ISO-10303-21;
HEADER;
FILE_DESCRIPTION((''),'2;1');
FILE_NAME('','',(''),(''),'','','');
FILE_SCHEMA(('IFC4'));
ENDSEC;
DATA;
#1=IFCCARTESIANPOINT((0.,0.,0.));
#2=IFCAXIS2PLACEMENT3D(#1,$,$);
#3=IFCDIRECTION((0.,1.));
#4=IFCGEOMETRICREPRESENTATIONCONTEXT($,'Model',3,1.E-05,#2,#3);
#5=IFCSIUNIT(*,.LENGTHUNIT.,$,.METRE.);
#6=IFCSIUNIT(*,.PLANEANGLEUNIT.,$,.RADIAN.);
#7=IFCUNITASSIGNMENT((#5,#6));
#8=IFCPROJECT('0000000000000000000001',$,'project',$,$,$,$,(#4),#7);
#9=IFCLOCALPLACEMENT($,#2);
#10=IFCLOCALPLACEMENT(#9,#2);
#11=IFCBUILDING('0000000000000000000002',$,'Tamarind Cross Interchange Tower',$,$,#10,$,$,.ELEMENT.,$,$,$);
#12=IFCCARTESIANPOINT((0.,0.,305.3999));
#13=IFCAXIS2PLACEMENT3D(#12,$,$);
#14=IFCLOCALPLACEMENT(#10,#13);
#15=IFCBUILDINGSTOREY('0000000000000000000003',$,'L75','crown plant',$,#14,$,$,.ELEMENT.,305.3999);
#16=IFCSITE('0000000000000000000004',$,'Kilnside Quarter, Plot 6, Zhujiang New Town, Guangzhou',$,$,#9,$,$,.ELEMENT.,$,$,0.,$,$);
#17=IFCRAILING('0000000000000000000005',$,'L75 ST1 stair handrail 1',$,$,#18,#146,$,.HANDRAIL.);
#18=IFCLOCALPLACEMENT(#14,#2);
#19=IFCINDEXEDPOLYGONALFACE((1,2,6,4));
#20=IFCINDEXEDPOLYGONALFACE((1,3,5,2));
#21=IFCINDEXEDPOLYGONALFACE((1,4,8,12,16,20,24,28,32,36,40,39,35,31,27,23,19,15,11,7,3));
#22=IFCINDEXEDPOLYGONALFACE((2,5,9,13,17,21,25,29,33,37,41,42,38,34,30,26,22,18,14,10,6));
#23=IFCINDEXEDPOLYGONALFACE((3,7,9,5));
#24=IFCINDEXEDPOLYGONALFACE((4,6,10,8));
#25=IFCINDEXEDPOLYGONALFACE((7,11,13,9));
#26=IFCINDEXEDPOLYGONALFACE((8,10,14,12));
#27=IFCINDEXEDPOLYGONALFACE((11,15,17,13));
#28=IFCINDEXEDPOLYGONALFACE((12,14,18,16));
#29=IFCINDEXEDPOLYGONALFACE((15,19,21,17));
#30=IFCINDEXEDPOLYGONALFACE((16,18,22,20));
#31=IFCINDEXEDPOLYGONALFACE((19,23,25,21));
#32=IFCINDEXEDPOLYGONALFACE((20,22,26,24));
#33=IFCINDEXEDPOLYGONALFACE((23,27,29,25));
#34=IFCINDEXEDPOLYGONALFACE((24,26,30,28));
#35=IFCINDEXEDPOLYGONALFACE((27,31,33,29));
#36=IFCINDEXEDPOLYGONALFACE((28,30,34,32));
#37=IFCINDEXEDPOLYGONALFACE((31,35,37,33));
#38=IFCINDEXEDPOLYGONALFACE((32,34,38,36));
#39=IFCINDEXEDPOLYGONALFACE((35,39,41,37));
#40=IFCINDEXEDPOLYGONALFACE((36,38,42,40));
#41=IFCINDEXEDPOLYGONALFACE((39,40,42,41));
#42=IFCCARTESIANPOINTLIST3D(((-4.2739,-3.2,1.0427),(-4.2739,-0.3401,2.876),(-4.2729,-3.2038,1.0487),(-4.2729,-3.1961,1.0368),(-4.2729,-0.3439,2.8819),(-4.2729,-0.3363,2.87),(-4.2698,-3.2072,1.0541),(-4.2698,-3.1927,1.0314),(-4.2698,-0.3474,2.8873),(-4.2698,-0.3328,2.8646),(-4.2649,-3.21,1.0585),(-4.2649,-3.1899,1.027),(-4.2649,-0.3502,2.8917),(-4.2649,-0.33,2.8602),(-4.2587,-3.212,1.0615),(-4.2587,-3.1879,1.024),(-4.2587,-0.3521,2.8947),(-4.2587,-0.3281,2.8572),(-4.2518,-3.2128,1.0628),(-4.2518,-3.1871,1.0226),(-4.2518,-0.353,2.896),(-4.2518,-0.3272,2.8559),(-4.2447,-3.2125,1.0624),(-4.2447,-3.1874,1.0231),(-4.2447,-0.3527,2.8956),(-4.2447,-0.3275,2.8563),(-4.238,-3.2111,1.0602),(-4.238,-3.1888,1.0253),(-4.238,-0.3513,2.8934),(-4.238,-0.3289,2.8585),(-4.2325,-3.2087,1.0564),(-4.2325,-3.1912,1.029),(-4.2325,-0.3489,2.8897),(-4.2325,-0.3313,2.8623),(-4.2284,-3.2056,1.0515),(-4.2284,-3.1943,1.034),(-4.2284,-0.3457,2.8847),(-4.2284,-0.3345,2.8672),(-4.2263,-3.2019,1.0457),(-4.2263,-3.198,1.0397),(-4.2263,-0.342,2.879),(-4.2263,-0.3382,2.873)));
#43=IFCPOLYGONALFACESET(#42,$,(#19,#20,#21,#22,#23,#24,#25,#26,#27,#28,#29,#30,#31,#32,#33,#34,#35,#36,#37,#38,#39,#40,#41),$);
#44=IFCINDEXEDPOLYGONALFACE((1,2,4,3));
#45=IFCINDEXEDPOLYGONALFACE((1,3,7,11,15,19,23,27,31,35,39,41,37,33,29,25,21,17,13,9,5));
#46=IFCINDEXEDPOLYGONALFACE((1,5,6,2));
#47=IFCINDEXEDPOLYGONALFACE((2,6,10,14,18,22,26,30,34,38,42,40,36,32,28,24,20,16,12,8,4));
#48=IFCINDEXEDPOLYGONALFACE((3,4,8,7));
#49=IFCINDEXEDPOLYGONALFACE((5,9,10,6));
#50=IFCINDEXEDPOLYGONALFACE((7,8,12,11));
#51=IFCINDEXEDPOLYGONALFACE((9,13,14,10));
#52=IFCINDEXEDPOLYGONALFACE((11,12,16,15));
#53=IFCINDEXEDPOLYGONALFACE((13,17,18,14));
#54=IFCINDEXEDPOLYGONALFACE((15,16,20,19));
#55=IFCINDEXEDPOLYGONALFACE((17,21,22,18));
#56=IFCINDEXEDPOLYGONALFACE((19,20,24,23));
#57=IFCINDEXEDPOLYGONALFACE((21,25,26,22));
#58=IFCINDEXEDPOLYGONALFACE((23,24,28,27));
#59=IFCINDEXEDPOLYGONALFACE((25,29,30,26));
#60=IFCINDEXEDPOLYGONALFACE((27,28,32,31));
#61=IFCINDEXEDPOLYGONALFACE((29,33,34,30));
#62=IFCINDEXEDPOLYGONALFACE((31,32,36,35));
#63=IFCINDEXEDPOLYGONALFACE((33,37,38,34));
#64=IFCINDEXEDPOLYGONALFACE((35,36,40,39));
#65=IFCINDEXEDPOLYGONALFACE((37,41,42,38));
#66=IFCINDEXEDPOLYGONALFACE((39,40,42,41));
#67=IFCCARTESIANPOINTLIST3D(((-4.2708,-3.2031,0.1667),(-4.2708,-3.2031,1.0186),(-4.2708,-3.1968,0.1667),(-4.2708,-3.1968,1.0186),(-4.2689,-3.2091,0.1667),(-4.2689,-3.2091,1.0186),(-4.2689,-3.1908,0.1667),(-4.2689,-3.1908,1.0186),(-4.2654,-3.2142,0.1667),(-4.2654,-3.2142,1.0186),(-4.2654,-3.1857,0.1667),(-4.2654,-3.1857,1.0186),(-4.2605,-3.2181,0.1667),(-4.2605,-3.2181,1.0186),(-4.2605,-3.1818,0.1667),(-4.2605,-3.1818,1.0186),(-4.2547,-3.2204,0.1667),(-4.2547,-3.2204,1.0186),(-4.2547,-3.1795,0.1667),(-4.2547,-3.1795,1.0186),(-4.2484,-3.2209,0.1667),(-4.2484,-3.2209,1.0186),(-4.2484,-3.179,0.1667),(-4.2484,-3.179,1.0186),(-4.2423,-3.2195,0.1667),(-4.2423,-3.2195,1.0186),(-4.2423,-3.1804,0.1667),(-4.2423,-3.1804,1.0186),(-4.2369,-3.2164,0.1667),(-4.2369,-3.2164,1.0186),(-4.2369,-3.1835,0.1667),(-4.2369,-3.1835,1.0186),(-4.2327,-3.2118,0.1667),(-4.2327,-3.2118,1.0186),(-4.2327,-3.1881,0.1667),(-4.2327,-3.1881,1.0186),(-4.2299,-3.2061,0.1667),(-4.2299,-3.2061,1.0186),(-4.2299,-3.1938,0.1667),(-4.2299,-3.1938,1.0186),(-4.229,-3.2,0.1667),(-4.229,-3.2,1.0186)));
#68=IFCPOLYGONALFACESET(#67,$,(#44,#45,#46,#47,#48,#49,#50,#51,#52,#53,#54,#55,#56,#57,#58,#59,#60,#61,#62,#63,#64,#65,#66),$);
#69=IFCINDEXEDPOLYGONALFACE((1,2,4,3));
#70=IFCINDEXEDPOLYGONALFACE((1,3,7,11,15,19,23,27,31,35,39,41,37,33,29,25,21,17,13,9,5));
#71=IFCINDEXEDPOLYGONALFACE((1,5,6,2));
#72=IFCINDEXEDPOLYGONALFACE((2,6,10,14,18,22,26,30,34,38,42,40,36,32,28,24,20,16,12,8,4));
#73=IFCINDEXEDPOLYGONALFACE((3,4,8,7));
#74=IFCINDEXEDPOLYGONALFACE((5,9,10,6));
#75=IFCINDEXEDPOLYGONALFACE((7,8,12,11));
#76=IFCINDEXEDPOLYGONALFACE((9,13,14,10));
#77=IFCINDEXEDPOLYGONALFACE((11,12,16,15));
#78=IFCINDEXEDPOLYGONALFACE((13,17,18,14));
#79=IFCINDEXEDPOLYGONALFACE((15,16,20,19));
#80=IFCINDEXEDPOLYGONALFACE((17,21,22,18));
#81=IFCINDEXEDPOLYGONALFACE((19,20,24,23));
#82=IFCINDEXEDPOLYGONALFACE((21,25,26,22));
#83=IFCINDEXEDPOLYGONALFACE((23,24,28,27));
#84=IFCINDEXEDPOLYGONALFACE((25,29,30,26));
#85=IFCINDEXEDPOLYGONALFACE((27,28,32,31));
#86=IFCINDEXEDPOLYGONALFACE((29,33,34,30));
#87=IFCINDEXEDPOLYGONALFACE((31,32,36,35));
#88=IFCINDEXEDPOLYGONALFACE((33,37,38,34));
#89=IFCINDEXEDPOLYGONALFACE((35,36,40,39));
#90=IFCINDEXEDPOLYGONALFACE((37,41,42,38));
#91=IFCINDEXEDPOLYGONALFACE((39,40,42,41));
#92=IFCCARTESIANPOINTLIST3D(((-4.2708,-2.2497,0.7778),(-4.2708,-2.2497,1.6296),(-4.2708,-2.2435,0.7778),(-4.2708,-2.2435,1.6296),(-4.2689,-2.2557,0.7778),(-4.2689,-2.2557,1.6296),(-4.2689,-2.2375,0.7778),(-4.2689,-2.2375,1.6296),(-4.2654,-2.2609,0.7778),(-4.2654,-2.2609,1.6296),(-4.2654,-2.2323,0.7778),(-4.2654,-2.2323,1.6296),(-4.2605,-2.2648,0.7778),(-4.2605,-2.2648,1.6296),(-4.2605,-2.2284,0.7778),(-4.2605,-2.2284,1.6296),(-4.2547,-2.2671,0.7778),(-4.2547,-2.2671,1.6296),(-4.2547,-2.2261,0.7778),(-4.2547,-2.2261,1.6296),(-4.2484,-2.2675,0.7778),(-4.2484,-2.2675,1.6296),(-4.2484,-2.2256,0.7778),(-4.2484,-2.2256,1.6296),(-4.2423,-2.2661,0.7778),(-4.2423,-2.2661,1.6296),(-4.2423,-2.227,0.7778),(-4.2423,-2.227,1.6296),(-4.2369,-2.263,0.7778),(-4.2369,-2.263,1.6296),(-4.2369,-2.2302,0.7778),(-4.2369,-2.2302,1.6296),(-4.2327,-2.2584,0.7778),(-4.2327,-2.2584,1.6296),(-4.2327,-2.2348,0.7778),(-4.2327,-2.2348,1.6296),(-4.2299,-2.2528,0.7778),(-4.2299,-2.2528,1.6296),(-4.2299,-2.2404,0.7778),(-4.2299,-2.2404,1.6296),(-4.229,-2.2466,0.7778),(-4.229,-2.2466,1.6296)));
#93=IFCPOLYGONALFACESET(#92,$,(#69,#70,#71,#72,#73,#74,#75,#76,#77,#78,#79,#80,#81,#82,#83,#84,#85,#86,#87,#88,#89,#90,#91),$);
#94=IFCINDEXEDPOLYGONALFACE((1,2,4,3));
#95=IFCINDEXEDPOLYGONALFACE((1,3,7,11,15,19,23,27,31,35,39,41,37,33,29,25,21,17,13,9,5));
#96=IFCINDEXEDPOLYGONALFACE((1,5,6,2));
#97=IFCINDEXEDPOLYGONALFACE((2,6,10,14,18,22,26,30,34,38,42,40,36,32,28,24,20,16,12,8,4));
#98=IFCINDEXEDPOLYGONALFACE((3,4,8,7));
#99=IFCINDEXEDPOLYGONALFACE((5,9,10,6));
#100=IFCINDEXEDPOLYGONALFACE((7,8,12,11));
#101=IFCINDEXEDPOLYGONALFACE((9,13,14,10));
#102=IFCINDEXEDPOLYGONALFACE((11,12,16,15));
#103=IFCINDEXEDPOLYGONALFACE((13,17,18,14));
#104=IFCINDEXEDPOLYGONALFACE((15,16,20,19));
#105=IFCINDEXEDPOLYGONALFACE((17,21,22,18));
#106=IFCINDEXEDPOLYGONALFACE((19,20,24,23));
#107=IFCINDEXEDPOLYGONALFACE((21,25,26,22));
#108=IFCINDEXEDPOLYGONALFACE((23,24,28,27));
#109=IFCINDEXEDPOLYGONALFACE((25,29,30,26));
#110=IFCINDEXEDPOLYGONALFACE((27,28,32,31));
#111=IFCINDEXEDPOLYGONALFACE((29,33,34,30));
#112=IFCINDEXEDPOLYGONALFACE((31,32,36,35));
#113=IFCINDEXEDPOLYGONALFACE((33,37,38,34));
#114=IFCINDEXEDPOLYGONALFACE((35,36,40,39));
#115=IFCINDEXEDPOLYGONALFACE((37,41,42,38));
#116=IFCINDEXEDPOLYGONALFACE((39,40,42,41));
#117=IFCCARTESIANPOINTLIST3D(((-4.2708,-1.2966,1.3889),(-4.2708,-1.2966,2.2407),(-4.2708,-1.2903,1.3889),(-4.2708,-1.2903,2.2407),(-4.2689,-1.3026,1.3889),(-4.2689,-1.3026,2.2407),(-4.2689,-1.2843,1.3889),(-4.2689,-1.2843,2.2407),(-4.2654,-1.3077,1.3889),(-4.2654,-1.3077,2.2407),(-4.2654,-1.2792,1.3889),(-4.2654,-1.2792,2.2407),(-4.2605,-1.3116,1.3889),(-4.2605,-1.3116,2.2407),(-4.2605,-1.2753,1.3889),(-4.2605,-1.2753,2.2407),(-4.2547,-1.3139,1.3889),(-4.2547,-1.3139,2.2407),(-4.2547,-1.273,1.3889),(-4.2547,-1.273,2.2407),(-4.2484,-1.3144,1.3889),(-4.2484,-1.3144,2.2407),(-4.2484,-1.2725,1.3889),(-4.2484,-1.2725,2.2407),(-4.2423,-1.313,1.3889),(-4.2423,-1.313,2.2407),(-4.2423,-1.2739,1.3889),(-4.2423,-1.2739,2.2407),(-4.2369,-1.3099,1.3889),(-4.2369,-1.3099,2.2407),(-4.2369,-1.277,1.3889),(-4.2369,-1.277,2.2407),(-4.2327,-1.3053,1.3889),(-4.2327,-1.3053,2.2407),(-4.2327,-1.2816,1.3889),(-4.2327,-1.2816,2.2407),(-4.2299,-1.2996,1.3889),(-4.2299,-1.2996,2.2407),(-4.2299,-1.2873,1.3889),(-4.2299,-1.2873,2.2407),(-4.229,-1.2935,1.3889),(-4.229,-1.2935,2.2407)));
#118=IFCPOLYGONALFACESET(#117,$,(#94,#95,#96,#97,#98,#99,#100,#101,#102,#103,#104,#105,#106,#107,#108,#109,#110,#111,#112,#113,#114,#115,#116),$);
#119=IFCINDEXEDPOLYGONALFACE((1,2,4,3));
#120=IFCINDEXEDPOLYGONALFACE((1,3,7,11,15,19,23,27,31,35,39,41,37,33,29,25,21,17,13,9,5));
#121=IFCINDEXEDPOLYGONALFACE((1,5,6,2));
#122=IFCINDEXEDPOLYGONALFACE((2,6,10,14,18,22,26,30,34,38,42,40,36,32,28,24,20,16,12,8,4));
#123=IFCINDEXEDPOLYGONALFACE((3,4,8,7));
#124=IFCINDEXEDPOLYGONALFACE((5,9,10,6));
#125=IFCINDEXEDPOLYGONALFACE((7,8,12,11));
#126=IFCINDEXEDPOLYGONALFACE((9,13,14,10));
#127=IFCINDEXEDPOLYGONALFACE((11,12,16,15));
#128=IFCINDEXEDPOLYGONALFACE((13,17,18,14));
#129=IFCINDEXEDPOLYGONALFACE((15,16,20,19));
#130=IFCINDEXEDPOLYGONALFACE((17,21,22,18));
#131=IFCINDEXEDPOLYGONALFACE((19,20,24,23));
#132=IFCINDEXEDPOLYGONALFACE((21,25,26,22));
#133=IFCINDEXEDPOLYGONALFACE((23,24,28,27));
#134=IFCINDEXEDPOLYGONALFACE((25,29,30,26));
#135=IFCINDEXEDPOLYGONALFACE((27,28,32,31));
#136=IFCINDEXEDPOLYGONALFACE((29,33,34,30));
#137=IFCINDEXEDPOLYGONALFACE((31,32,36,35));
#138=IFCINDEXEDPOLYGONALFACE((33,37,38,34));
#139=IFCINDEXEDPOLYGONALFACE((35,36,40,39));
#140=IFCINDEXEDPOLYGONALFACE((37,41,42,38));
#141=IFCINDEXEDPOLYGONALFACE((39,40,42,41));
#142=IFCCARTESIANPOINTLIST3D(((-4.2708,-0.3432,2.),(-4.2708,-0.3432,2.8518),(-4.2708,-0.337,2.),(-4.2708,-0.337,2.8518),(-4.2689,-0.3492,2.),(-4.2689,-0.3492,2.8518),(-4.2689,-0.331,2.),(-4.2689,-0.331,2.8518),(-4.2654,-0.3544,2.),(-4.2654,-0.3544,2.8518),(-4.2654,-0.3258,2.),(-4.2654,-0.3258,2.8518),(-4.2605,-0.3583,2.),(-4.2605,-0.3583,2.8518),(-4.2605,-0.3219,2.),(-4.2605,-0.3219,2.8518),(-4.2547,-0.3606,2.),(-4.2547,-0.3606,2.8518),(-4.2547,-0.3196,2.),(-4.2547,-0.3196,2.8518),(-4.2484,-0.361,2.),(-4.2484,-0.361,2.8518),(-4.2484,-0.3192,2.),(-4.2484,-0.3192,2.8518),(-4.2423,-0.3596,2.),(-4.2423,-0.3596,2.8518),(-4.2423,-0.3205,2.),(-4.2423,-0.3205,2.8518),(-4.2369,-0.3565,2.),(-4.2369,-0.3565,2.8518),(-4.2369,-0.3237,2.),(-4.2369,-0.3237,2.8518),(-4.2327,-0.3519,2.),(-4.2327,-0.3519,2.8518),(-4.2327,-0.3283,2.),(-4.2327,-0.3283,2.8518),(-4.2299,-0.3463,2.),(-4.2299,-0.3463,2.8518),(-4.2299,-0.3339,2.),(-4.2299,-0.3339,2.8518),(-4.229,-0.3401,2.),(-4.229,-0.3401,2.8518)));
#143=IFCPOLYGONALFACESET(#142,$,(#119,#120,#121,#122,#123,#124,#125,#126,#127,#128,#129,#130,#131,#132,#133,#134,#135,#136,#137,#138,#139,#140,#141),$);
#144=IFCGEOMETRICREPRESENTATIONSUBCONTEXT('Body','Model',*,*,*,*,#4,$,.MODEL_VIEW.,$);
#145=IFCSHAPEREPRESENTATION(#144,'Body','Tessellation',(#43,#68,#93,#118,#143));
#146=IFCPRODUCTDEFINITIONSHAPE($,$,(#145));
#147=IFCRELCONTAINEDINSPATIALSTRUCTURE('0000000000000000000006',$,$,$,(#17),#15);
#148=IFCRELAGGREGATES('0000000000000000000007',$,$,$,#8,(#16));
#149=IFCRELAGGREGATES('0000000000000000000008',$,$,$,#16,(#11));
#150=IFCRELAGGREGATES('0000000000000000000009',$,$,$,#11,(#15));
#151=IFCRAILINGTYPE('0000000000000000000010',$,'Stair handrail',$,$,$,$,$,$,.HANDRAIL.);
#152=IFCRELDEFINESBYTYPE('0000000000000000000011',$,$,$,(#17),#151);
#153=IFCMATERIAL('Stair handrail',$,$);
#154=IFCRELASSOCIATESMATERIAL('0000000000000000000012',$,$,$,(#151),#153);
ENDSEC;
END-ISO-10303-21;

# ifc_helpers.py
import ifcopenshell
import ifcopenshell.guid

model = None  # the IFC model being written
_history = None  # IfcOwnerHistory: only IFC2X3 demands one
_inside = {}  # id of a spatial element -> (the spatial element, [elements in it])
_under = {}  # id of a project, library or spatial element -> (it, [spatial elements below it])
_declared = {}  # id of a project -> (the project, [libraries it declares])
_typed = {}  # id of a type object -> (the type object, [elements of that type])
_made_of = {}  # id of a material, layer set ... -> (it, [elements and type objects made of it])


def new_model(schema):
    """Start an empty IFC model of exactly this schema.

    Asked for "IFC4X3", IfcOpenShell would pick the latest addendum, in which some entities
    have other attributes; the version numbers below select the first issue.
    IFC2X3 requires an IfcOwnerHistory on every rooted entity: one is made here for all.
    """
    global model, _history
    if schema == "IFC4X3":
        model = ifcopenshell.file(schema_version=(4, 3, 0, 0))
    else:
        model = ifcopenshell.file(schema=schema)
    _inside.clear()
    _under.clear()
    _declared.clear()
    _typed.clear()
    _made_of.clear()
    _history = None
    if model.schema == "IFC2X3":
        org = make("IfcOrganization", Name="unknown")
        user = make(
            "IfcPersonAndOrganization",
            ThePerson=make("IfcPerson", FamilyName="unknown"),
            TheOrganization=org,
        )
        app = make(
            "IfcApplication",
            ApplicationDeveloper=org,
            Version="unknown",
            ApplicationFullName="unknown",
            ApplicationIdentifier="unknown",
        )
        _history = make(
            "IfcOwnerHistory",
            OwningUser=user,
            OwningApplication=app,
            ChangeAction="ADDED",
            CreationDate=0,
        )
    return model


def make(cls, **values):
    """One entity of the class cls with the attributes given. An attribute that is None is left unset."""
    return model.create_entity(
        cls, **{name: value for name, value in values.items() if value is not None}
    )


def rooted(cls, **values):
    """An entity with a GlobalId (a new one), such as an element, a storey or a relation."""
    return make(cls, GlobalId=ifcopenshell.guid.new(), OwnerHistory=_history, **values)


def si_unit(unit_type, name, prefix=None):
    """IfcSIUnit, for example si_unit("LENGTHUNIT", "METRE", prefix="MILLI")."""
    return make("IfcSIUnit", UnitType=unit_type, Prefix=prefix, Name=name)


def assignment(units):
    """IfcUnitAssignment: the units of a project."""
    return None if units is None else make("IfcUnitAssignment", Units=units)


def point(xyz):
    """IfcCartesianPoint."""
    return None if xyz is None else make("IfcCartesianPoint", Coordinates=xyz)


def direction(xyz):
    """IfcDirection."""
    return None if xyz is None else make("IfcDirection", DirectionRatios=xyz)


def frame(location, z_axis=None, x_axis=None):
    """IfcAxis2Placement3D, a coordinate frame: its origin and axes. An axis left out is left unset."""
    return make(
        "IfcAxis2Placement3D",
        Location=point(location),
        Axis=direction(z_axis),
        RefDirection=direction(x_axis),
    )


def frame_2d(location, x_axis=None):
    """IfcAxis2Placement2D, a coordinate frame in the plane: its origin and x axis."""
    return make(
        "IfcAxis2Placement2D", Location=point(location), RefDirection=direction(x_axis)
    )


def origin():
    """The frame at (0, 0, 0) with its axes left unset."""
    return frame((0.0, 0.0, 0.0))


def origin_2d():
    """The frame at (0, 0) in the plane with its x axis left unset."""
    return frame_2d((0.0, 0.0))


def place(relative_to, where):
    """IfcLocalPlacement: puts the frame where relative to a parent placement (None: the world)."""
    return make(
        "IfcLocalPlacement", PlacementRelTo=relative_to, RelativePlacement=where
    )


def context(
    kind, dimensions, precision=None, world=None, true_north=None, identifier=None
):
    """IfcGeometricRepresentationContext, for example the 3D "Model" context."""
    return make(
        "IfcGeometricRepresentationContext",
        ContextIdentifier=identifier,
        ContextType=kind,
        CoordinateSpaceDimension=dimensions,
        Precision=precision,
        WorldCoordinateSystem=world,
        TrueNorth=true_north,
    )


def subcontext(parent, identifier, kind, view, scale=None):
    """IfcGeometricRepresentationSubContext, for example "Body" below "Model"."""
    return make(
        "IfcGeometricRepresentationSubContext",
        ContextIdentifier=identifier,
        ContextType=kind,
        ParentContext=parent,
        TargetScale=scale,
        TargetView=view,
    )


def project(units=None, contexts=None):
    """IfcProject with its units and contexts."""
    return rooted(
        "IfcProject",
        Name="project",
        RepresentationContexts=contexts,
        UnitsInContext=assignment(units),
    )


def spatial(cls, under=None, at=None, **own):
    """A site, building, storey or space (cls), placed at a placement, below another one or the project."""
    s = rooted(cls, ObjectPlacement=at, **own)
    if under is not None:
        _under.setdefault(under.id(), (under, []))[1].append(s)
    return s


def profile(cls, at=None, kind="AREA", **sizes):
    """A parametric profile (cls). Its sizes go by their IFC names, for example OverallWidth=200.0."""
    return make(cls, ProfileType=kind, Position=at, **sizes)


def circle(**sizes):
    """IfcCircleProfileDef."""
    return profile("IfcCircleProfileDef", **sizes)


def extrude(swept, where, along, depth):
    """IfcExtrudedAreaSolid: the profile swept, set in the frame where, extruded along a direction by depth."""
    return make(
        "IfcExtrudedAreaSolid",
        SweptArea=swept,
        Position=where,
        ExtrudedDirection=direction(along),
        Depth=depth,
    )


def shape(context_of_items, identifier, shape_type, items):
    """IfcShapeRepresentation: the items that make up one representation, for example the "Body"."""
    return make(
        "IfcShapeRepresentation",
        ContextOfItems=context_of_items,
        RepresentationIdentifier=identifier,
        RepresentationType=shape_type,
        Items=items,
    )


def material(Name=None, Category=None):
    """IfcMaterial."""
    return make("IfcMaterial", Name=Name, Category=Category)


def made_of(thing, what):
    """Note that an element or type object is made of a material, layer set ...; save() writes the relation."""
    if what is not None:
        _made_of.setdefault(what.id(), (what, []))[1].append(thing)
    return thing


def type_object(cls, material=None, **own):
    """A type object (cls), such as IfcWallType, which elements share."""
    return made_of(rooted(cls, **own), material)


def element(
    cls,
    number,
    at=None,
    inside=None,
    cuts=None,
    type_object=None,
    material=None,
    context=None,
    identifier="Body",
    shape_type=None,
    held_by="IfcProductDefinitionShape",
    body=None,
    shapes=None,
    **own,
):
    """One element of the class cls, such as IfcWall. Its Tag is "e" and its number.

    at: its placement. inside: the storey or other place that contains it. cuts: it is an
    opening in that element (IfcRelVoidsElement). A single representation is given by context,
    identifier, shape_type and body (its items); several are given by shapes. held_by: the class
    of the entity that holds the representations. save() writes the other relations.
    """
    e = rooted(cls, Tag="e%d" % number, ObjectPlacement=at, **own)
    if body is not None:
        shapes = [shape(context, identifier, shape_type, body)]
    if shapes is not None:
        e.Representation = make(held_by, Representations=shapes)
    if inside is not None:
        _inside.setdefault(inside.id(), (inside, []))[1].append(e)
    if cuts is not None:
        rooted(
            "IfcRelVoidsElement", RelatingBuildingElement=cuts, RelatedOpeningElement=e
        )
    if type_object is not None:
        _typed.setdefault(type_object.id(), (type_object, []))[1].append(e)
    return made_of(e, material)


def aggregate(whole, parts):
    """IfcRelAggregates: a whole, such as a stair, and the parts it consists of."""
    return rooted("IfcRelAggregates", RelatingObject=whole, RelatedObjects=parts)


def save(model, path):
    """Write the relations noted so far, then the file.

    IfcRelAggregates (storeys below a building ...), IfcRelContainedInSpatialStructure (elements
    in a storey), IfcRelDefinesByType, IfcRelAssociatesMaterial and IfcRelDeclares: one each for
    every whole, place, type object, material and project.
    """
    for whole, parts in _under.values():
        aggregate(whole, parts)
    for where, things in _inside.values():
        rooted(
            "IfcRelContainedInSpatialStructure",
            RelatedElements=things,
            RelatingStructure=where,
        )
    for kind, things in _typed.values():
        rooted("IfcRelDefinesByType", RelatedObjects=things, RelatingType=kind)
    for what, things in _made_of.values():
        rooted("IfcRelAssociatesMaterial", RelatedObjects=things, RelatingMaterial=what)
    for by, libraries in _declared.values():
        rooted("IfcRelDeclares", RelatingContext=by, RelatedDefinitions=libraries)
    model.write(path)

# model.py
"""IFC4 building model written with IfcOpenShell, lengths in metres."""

from ifc_helpers import new_model, si_unit, direction, frame, origin, origin_2d, place, context, subcontext, project, spatial, circle, extrude, material, type_object, element, save


model = new_model("IFC4")

# Units and contexts
model_context = context("Model", 3, precision=1e-05, world=origin(), true_north=direction((0.0, 1.0)))
body_context = subcontext(model_context, "Body", "Model", "MODEL_VIEW")
ifc_project = project(units=[si_unit("LENGTHUNIT", "METRE"), si_unit("PLANEANGLEUNIT", "RADIAN")], contexts=[model_context])

# Site, building, storey
site_placement = place(None, origin())
site = spatial("IfcSite", under=ifc_project, at=site_placement, Name="Kilnside Quarter, Plot 6, Zhujiang New Town, Guangzhou", CompositionType="ELEMENT", RefElevation=0.0)
building_placement = place(site_placement, origin())
building = spatial("IfcBuilding", under=site, at=building_placement, Name="Tamarind Cross Interchange Tower", CompositionType="ELEMENT")
storey_placement = place(building_placement, frame((0.0, 0.0, 305.3999)))
storey = spatial("IfcBuildingStorey", under=building, at=storey_placement, Name="L75", Description="crown plant", CompositionType="ELEMENT", Elevation=305.3999)

# Railing
ifc_material_1 = material(Name="Stair handrail")
railing_type_1 = type_object("IfcRailingType", Name="Stair handrail", PredefinedType="HANDRAIL", material=ifc_material_1)
railing_1_placement = place(storey_placement, frame((-4.25, -3.2, 0.1667)))
element("IfcRailing", 1, at=railing_1_placement, inside=storey, type_object=railing_type_1, Name="L75 ST1 stair handrail 1", PredefinedType="HANDRAIL", context=body_context, shape_type="SweptSolid", body=[
    extrude(circle(Radius=0.0239, at=origin_2d()), frame((0.0, 0.0, 0.876), z_axis=(0.0, 0.841878, 0.539667), x_axis=(-1.0, 0.0, 0.0)), (0.0, 0.0, 1.0), 3.397),
    extrude(circle(Radius=0.021, at=origin_2d()), origin(), (0.0, 0.0, 1.0), 0.8518),
    extrude(circle(Radius=0.021, at=origin_2d()), frame((0.0, 0.9534, 0.6111)), (0.0, 0.0, 1.0), 0.8518),
    extrude(circle(Radius=0.021, at=origin_2d()), frame((0.0, 1.9065, 1.2222)), (0.0, 0.0, 1.0), 0.8518),
    extrude(circle(Radius=0.021, at=origin_2d()), frame((0.0, 2.8599, 1.8333)), (0.0, 0.0, 1.0), 0.8518),
])

save(model, "model.ifc")
